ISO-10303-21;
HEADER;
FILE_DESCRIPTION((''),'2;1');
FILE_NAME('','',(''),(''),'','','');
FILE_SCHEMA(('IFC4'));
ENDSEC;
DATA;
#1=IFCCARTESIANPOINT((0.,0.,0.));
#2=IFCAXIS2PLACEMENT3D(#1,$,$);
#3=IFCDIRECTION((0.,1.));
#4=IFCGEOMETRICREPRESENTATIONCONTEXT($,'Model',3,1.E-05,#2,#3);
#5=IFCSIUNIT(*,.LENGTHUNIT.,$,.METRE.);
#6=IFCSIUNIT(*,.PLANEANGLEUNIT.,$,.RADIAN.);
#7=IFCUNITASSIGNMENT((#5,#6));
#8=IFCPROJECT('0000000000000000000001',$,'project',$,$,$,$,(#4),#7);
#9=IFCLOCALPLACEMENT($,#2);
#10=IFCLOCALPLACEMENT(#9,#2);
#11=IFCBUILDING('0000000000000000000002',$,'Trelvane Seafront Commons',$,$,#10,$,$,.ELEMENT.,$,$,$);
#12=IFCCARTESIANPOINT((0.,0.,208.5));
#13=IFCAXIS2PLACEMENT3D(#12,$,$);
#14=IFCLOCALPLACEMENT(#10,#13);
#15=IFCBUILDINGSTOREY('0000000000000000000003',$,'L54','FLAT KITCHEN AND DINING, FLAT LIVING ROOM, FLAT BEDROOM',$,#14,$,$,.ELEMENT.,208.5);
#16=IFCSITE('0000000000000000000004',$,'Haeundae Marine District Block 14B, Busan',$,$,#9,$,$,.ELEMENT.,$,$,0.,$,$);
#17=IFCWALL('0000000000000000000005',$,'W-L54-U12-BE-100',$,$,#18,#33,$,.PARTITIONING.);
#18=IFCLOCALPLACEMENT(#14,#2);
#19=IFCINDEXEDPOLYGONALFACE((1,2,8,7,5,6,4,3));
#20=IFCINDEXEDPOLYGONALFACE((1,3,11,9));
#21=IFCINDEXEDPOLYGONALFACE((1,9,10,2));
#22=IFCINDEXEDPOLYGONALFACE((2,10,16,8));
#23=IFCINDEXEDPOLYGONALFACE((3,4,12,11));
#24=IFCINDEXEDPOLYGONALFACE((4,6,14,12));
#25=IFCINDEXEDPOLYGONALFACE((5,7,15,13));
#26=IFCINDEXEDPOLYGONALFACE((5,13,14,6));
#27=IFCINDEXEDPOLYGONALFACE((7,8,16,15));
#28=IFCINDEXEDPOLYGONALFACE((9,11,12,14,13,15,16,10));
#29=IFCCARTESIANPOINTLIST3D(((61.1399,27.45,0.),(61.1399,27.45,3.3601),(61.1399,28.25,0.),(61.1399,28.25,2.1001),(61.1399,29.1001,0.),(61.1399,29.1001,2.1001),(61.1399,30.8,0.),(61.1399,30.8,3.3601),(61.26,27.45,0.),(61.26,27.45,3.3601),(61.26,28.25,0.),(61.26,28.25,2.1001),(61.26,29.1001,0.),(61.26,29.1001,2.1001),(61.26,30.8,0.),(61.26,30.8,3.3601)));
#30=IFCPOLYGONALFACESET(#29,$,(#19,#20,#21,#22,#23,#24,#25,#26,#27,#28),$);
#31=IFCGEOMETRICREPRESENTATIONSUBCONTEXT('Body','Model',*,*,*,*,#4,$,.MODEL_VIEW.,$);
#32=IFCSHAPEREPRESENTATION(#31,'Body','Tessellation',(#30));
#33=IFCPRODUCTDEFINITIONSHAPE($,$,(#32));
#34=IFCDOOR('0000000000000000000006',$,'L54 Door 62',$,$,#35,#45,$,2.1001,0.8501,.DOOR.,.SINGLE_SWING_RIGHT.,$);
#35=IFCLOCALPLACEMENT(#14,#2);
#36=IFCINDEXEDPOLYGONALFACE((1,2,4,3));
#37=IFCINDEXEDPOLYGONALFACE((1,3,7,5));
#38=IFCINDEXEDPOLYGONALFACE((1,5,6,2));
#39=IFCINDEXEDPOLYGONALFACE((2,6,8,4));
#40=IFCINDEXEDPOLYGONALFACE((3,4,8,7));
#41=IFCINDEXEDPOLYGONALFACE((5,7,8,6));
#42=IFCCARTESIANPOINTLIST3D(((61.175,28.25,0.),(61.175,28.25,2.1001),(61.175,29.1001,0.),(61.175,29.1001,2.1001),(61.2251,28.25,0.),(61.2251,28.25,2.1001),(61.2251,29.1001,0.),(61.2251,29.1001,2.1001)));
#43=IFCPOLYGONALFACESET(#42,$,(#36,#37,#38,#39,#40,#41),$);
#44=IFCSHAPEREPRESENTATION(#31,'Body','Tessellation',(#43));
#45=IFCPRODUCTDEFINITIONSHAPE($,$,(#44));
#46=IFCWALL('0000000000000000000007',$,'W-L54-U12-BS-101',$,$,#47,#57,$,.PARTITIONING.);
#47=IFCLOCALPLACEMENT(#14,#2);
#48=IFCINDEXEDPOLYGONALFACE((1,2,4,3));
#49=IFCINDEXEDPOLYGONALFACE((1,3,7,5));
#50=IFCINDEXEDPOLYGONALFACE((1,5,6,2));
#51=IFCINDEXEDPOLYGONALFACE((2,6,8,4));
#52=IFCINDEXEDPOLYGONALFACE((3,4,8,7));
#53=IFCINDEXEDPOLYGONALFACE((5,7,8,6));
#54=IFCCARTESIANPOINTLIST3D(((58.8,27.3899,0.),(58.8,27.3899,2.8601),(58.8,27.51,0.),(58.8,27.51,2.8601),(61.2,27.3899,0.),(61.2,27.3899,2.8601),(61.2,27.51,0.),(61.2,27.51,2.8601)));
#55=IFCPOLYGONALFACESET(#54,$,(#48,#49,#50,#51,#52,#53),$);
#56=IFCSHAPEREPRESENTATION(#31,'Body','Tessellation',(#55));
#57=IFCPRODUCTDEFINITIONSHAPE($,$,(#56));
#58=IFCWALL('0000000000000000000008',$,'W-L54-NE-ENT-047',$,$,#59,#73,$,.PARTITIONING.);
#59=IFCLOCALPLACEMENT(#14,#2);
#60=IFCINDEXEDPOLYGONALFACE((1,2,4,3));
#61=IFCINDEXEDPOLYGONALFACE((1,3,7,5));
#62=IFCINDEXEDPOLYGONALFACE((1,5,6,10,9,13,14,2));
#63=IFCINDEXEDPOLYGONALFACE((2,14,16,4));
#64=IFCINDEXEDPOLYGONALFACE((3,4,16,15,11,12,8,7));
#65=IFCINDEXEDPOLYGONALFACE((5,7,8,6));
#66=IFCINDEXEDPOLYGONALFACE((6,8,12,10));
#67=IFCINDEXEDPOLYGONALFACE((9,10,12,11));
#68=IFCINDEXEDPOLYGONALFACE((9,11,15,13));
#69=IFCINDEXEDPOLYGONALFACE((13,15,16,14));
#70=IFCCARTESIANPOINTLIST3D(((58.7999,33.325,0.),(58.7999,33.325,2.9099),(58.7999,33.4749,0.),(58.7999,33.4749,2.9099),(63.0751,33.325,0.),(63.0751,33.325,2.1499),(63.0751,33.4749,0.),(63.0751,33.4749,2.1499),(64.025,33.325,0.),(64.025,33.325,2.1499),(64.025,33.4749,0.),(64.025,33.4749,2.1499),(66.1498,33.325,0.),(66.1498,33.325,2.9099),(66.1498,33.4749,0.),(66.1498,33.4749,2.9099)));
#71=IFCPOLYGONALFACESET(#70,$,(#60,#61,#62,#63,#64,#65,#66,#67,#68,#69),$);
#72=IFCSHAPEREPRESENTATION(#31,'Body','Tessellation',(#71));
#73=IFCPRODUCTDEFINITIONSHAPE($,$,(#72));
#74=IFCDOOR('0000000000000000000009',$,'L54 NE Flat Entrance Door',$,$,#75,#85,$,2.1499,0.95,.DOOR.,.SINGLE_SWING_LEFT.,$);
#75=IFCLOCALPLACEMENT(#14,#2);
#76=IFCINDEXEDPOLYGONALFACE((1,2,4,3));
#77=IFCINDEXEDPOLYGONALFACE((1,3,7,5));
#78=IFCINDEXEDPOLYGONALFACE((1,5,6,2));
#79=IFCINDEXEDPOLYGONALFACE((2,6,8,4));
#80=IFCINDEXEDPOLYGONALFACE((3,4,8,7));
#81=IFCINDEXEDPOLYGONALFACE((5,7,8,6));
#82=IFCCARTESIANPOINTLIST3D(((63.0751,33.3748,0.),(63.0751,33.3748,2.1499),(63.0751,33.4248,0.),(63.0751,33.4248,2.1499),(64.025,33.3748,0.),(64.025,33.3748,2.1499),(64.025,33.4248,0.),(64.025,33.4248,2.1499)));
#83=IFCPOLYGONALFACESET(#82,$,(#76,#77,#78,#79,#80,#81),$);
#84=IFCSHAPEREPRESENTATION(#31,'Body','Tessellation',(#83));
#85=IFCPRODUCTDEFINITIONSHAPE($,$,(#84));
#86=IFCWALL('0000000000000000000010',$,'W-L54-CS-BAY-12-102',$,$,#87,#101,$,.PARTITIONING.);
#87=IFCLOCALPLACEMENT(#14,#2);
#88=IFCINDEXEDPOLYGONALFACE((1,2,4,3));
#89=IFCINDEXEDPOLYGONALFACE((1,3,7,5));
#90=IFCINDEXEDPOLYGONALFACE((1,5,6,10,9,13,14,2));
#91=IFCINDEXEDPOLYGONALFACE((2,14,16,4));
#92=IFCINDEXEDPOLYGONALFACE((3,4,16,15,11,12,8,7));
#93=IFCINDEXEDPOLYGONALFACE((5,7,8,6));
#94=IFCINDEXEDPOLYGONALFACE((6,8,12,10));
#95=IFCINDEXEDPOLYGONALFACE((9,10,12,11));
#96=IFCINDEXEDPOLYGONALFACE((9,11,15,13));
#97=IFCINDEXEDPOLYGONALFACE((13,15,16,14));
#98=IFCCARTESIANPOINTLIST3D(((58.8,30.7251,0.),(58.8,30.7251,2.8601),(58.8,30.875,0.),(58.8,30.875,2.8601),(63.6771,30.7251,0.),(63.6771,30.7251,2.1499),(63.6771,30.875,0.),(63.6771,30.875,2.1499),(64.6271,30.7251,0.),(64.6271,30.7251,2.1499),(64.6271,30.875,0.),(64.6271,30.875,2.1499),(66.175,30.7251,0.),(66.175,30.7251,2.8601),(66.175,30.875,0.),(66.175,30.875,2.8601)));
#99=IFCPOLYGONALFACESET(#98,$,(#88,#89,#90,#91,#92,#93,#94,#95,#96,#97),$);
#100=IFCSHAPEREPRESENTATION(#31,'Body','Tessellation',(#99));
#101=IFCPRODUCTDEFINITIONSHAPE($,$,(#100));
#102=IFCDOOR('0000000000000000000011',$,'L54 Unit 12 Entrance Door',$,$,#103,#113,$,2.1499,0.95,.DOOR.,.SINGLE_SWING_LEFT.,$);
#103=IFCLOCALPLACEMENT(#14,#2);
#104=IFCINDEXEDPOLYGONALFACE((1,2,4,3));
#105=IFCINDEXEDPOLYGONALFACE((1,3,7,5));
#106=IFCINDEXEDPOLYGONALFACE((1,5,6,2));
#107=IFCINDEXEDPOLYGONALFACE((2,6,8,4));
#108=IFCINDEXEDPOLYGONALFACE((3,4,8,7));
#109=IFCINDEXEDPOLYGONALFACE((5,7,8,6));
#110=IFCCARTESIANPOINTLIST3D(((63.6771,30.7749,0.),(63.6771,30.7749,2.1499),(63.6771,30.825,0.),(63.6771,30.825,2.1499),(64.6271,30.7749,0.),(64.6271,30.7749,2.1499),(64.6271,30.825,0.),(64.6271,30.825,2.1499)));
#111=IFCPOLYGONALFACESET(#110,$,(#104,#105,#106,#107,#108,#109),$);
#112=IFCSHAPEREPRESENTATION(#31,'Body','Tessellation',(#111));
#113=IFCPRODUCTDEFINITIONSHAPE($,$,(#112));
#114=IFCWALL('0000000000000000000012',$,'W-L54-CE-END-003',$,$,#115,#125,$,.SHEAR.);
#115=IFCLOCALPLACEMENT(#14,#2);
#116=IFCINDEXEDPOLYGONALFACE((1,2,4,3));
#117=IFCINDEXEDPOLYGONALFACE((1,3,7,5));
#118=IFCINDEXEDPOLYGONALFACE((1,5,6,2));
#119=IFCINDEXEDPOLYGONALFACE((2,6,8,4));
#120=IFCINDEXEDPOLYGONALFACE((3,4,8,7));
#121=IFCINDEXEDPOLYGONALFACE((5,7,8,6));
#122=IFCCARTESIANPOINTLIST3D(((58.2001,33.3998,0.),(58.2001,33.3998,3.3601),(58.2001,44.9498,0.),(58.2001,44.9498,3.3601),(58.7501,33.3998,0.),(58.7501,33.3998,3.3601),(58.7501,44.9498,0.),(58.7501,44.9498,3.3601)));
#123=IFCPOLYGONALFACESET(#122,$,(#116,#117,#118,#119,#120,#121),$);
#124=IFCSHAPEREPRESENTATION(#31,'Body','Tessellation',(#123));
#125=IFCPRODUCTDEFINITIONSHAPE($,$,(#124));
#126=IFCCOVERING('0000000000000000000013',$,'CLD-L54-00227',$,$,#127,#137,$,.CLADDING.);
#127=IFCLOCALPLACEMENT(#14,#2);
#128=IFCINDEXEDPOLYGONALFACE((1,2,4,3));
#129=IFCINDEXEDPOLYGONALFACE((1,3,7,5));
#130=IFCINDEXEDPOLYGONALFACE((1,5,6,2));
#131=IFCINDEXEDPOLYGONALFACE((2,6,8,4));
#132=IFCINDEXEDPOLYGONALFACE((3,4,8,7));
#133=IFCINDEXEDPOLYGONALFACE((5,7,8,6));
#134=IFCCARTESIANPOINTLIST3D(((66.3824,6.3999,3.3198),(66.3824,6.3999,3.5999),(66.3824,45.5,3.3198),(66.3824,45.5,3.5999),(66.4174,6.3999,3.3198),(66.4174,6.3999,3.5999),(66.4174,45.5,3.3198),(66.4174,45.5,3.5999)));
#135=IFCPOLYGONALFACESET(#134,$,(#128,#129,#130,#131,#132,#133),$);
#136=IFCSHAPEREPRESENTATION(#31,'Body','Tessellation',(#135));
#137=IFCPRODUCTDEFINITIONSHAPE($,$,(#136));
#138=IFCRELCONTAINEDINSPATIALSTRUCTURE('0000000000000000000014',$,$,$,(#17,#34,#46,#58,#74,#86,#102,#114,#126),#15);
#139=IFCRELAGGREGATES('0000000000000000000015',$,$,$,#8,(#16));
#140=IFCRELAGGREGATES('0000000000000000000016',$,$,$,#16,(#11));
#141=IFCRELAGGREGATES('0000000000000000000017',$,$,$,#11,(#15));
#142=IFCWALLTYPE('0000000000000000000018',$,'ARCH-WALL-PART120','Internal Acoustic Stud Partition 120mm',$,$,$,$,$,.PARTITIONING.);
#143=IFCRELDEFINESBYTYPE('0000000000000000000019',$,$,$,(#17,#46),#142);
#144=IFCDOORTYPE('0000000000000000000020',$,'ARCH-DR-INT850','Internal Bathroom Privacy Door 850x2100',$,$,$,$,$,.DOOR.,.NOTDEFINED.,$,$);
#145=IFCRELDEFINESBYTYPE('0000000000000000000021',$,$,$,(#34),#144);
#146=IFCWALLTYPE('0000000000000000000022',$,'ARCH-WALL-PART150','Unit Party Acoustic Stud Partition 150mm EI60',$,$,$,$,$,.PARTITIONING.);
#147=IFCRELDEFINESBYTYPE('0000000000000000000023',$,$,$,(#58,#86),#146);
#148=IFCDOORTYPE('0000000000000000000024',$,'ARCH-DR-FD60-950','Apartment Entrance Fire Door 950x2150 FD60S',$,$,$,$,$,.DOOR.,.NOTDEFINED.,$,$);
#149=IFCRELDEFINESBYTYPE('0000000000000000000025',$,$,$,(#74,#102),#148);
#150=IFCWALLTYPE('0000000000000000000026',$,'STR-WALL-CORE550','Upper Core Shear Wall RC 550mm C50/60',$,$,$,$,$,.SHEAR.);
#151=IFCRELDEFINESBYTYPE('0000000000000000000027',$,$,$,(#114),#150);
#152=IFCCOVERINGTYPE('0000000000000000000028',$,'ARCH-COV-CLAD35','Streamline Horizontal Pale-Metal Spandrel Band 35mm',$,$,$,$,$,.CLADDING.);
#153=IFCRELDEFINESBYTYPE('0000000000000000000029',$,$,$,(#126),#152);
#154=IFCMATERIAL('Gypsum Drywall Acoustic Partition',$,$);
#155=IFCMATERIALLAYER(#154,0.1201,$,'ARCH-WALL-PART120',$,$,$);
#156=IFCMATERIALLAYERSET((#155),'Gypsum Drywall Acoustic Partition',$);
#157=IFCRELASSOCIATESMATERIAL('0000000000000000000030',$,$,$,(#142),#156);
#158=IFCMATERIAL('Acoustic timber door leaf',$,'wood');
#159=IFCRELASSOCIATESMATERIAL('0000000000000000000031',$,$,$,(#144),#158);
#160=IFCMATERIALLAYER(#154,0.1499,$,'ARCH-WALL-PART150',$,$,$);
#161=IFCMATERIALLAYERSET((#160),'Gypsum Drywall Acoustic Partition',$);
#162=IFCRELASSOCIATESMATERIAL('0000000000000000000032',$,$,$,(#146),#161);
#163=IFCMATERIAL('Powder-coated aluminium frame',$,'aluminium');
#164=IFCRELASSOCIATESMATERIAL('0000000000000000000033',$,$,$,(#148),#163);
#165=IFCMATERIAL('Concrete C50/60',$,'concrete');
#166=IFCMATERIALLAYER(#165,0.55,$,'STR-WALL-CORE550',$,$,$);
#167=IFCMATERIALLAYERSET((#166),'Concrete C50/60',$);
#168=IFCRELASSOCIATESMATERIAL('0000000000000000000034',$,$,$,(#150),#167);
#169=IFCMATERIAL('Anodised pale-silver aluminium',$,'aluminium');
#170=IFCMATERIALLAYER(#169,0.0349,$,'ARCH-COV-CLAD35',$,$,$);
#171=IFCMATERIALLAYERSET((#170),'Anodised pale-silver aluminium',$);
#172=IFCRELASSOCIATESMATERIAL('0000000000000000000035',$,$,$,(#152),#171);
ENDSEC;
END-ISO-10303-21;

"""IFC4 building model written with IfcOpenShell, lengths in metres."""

from ifc_helpers import new_model, si_unit, direction, frame, frame_2d, origin, origin_2d, place, context, subcontext, project, spatial, rectangle, extrude, source, transform, mapped, material, layer, layer_set, type_object, element, fill, save


model = new_model("IFC4")

# Units and contexts
model_context = context("Model", 3, precision=1e-05, world=origin(), true_north=direction((0.0, 1.0)))
body_context = subcontext(model_context, "Body", "Model", "MODEL_VIEW")
ifc_project = project(units=[si_unit("LENGTHUNIT", "METRE"), si_unit("PLANEANGLEUNIT", "RADIAN")], contexts=[model_context])

# Site, building, storey
site_placement = place(None, origin())
site = spatial("IfcSite", under=ifc_project, at=site_placement, Name="Haeundae Marine District Block 14B, Busan", CompositionType="ELEMENT", RefElevation=0.0)
building_placement = place(site_placement, origin())
building = spatial("IfcBuilding", under=site, at=building_placement, Name="Trelvane Seafront Commons", CompositionType="ELEMENT")
storey_placement = place(building_placement, frame((0.0, 0.0, 208.5)))
storey = spatial("IfcBuildingStorey", under=building, at=storey_placement, Name="L54", Description="FLAT KITCHEN AND DINING, FLAT LIVING ROOM, FLAT BEDROOM", CompositionType="ELEMENT", Elevation=208.5)

# Shared definitions
ifc_material_1 = material(Name="Concrete C50/60", Category="concrete")

# Shared definitions
ifc_material_2 = material(Name="Anodised pale-silver aluminium", Category="aluminium")

# Wall, opening, door
ifc_material_3 = material(Name="Gypsum Drywall Acoustic Partition")
ifc_layer_1 = layer(ifc_material_3, 0.1201, Name="ARCH-WALL-PART120")
ifc_layer_set_1 = layer_set([ifc_layer_1], Name="Gypsum Drywall Acoustic Partition")
wall_type_1 = type_object("IfcWallType", Name="ARCH-WALL-PART120", Description="Internal Acoustic Stud Partition 120mm", PredefinedType="PARTITIONING", material=ifc_layer_set_1)
ifc_material_4 = material(Name="Acoustic timber door leaf", Category="wood")
door_type_1 = type_object("IfcDoorType", Name="ARCH-DR-INT850", Description="Internal Bathroom Privacy Door 850x2100", OperationType="NOTDEFINED", PredefinedType="DOOR", material=ifc_material_4)
shared_shape_1 = source(origin(), body_context, "Body", "SweptSolid", [
    extrude(rectangle(XDim=0.8501, YDim=2.1001, at=frame_2d((0.425, 1.05))), frame((0.0, 0.0249, 0.0), z_axis=(0.0, -1.0, 0.0), x_axis=(1.0, 0.0, 0.0)), (0.0, 0.0, 1.0), 0.05),
])
shared_shape_2 = source(origin(), body_context, "Body", "SweptSolid", [
    extrude(rectangle(XDim=0.95, YDim=2.1499, at=frame_2d((0.4751, 1.075))), frame((0.0, 0.0249, 0.0), z_axis=(0.0, -1.0, 0.0), x_axis=(1.0, 0.0, 0.0)), (0.0, 0.0, 1.0), 0.05),
])
wall_1_placement = place(storey_placement, frame((61.2, 27.45, 0.0), z_axis=(0.0, 0.0, 1.0), x_axis=(0.0, 1.0, 0.0)))
wall_1 = element("IfcWall", 1, at=wall_1_placement, inside=storey, type_object=wall_type_1, Name="W-L54-U12-BE-100", PredefinedType="PARTITIONING", context=body_context, shape_type="SweptSolid", body=[
    extrude(rectangle(XDim=3.3501, YDim=0.1201, at=frame_2d((1.675, 0.0))), origin(), (0.0, 0.0, 1.0), 3.3601),
])
opening_1_placement = place(wall_1_placement, frame((0.8, 0.0, 0.0)))
opening_1 = element("IfcOpeningElement", 2, at=opening_1_placement, cuts=wall_1, PredefinedType="OPENING", context=body_context, shape_type="SweptSolid", body=[
    extrude(rectangle(XDim=0.8501, YDim=2.1001, at=frame_2d((0.425, 1.05))), frame((0.0, 0.0701, 0.0), z_axis=(0.0, -1.0, 0.0), x_axis=(1.0, 0.0, 0.0)), (0.0, 0.0, 1.0), 0.1401),
])
door_1_placement = place(opening_1_placement, origin())
door_1 = element("IfcDoor", 3, at=door_1_placement, inside=storey, type_object=door_type_1, Name="L54 Door 62", OperationType="SINGLE_SWING_RIGHT", OverallHeight=2.1001, OverallWidth=0.8501, PredefinedType="DOOR", context=body_context, shape_type="MappedRepresentation", body=[
    mapped(shared_shape_1, transform((0.0, 0.0, 0.0), x_axis=(1.0, 0.0, 0.0), y_axis=(0.0, 1.0, 0.0), z_axis=(0.0, 0.0, 1.0), scale=1.0)),
])
fill(opening_1, door_1)

# Wall
wall_2_placement = place(storey_placement, frame((58.8, 27.45, 0.0), z_axis=(0.0, 0.0, 1.0), x_axis=(1.0, 0.0, 0.0)))
element("IfcWall", 4, at=wall_2_placement, inside=storey, type_object=wall_type_1, Name="W-L54-U12-BS-101", PredefinedType="PARTITIONING", context=body_context, shape_type="SweptSolid", body=[
    extrude(rectangle(XDim=2.3999, YDim=0.1201, at=frame_2d((1.2, 0.0))), origin(), (0.0, 0.0, 1.0), 2.8601),
])

# Walls, openings, doors
ifc_layer_2 = layer(ifc_material_3, 0.1499, Name="ARCH-WALL-PART150")
ifc_layer_set_2 = layer_set([ifc_layer_2], Name="Gypsum Drywall Acoustic Partition")
wall_type_2 = type_object("IfcWallType", Name="ARCH-WALL-PART150", Description="Unit Party Acoustic Stud Partition 150mm EI60", PredefinedType="PARTITIONING", material=ifc_layer_set_2)
wall_3_placement = place(storey_placement, frame((58.8, 33.3999, 0.0), z_axis=(0.0, 0.0, 1.0), x_axis=(1.0, 0.0, 0.0)))
wall_3 = element("IfcWall", 5, at=wall_3_placement, inside=storey, type_object=wall_type_2, Name="W-L54-NE-ENT-047", PredefinedType="PARTITIONING", context=body_context, shape_type="SweptSolid", body=[
    extrude(rectangle(XDim=7.3499, YDim=0.1499, at=frame_2d((3.6748, 0.0))), origin(), (0.0, 0.0, 1.0), 2.9099),
])
opening_2_placement = place(wall_3_placement, frame((4.2749, 0.0, 0.0)))
opening_2 = element("IfcOpeningElement", 6, at=opening_2_placement, cuts=wall_3, PredefinedType="OPENING", context=body_context, shape_type="SweptSolid", body=[
    extrude(rectangle(XDim=0.95, YDim=2.1499, at=frame_2d((0.4751, 1.075))), frame((0.0, 0.085, 0.0), z_axis=(0.0, -1.0, 0.0), x_axis=(1.0, 0.0, 0.0)), (0.0, 0.0, 1.0), 0.1699),
])
ifc_material_5 = material(Name="Powder-coated aluminium frame", Category="aluminium")
door_type_2 = type_object("IfcDoorType", Name="ARCH-DR-FD60-950", Description="Apartment Entrance Fire Door 950x2150 FD60S", OperationType="NOTDEFINED", PredefinedType="DOOR", material=ifc_material_5)
door_2_placement = place(opening_2_placement, origin())
door_2 = element("IfcDoor", 7, at=door_2_placement, inside=storey, type_object=door_type_2, Name="L54 NE Flat Entrance Door", OperationType="SINGLE_SWING_LEFT", OverallHeight=2.1499, OverallWidth=0.95, PredefinedType="DOOR", context=body_context, shape_type="MappedRepresentation", body=[
    mapped(shared_shape_2, transform((0.0, 0.0, 0.0), x_axis=(1.0, 0.0, 0.0), y_axis=(0.0, 1.0, 0.0), z_axis=(0.0, 0.0, 1.0), scale=1.0)),
])
fill(opening_2, door_2)
wall_4_placement = place(storey_placement, frame((58.8, 30.8, 0.0), z_axis=(0.0, 0.0, 1.0), x_axis=(1.0, 0.0, 0.0)))
wall_4 = element("IfcWall", 8, at=wall_4_placement, inside=storey, type_object=wall_type_2, Name="W-L54-CS-BAY-12-102", PredefinedType="PARTITIONING", context=body_context, shape_type="SweptSolid", body=[
    extrude(rectangle(XDim=7.375, YDim=0.1499, at=frame_2d((3.6875, 0.0))), origin(), (0.0, 0.0, 1.0), 2.8601),
])
opening_3_placement = place(wall_4_placement, frame((4.877, 0.0, 0.0)))
opening_3 = element("IfcOpeningElement", 9, at=opening_3_placement, cuts=wall_4, PredefinedType="OPENING", context=body_context, shape_type="SweptSolid", body=[
    extrude(rectangle(XDim=0.95, YDim=2.1499, at=frame_2d((0.4751, 1.075))), frame((0.0, 0.085, 0.0), z_axis=(0.0, -1.0, 0.0), x_axis=(1.0, 0.0, 0.0)), (0.0, 0.0, 1.0), 0.1699),
])
door_3_placement = place(opening_3_placement, origin())
door_3 = element("IfcDoor", 10, at=door_3_placement, inside=storey, type_object=door_type_2, Name="L54 Unit 12 Entrance Door", OperationType="SINGLE_SWING_LEFT", OverallHeight=2.1499, OverallWidth=0.95, PredefinedType="DOOR", context=body_context, shape_type="MappedRepresentation", body=[
    mapped(shared_shape_2, transform((0.0, 0.0, 0.0), x_axis=(1.0, 0.0, 0.0), y_axis=(0.0, 1.0, 0.0), z_axis=(0.0, 0.0, 1.0), scale=1.0)),
])
fill(opening_3, door_3)

# Wall
ifc_layer_3 = layer(ifc_material_1, 0.55, Name="STR-WALL-CORE550")
ifc_layer_set_3 = layer_set([ifc_layer_3], Name="Concrete C50/60")
wall_type_3 = type_object("IfcWallType", Name="STR-WALL-CORE550", Description="Upper Core Shear Wall RC 550mm C50/60", PredefinedType="SHEAR", material=ifc_layer_set_3)
wall_5_placement = place(storey_placement, frame((58.4751, 33.3999, 0.0), z_axis=(0.0, 0.0, 1.0), x_axis=(0.0, 1.0, 0.0)))
element("IfcWall", 11, at=wall_5_placement, inside=storey, type_object=wall_type_3, Name="W-L54-CE-END-003", PredefinedType="SHEAR", context=body_context, shape_type="SweptSolid", body=[
    extrude(rectangle(XDim=11.55, YDim=0.55, at=frame_2d((5.7749, 0.0))), origin(), (0.0, 0.0, 1.0), 3.3601),
])

# Covering
ifc_layer_4 = layer(ifc_material_2, 0.0349, Name="ARCH-COV-CLAD35")
ifc_layer_set_4 = layer_set([ifc_layer_4], Name="Anodised pale-silver aluminium")
covering_type = type_object("IfcCoveringType", Name="ARCH-COV-CLAD35", Description="Streamline Horizontal Pale-Metal Spandrel Band 35mm", PredefinedType="CLADDING", material=ifc_layer_set_4)
shared_shape_3 = source(origin(), body_context, "Body", "SweptSolid", [
    extrude(rectangle(XDim=39.1001, YDim=0.0349, at=origin_2d()), origin(), (0.0, 0.0, 1.0), 0.28),
])
covering_placement = place(storey_placement, frame((66.3999, 25.95, 3.3198), z_axis=(0.0, 0.0, 1.0), x_axis=(0.0, -1.0, 0.0)))
element("IfcCovering", 12, at=covering_placement, inside=storey, type_object=covering_type, Name="CLD-L54-00227", PredefinedType="CLADDING", context=body_context, shape_type="MappedRepresentation", body=[
    mapped(shared_shape_3, transform((0.0, 0.0, 0.0), x_axis=(1.0, 0.0, 0.0), y_axis=(0.0, 1.0, 0.0), z_axis=(0.0, 0.0, 1.0), scale=1.0)),
])

save(model, "model.ifc")
